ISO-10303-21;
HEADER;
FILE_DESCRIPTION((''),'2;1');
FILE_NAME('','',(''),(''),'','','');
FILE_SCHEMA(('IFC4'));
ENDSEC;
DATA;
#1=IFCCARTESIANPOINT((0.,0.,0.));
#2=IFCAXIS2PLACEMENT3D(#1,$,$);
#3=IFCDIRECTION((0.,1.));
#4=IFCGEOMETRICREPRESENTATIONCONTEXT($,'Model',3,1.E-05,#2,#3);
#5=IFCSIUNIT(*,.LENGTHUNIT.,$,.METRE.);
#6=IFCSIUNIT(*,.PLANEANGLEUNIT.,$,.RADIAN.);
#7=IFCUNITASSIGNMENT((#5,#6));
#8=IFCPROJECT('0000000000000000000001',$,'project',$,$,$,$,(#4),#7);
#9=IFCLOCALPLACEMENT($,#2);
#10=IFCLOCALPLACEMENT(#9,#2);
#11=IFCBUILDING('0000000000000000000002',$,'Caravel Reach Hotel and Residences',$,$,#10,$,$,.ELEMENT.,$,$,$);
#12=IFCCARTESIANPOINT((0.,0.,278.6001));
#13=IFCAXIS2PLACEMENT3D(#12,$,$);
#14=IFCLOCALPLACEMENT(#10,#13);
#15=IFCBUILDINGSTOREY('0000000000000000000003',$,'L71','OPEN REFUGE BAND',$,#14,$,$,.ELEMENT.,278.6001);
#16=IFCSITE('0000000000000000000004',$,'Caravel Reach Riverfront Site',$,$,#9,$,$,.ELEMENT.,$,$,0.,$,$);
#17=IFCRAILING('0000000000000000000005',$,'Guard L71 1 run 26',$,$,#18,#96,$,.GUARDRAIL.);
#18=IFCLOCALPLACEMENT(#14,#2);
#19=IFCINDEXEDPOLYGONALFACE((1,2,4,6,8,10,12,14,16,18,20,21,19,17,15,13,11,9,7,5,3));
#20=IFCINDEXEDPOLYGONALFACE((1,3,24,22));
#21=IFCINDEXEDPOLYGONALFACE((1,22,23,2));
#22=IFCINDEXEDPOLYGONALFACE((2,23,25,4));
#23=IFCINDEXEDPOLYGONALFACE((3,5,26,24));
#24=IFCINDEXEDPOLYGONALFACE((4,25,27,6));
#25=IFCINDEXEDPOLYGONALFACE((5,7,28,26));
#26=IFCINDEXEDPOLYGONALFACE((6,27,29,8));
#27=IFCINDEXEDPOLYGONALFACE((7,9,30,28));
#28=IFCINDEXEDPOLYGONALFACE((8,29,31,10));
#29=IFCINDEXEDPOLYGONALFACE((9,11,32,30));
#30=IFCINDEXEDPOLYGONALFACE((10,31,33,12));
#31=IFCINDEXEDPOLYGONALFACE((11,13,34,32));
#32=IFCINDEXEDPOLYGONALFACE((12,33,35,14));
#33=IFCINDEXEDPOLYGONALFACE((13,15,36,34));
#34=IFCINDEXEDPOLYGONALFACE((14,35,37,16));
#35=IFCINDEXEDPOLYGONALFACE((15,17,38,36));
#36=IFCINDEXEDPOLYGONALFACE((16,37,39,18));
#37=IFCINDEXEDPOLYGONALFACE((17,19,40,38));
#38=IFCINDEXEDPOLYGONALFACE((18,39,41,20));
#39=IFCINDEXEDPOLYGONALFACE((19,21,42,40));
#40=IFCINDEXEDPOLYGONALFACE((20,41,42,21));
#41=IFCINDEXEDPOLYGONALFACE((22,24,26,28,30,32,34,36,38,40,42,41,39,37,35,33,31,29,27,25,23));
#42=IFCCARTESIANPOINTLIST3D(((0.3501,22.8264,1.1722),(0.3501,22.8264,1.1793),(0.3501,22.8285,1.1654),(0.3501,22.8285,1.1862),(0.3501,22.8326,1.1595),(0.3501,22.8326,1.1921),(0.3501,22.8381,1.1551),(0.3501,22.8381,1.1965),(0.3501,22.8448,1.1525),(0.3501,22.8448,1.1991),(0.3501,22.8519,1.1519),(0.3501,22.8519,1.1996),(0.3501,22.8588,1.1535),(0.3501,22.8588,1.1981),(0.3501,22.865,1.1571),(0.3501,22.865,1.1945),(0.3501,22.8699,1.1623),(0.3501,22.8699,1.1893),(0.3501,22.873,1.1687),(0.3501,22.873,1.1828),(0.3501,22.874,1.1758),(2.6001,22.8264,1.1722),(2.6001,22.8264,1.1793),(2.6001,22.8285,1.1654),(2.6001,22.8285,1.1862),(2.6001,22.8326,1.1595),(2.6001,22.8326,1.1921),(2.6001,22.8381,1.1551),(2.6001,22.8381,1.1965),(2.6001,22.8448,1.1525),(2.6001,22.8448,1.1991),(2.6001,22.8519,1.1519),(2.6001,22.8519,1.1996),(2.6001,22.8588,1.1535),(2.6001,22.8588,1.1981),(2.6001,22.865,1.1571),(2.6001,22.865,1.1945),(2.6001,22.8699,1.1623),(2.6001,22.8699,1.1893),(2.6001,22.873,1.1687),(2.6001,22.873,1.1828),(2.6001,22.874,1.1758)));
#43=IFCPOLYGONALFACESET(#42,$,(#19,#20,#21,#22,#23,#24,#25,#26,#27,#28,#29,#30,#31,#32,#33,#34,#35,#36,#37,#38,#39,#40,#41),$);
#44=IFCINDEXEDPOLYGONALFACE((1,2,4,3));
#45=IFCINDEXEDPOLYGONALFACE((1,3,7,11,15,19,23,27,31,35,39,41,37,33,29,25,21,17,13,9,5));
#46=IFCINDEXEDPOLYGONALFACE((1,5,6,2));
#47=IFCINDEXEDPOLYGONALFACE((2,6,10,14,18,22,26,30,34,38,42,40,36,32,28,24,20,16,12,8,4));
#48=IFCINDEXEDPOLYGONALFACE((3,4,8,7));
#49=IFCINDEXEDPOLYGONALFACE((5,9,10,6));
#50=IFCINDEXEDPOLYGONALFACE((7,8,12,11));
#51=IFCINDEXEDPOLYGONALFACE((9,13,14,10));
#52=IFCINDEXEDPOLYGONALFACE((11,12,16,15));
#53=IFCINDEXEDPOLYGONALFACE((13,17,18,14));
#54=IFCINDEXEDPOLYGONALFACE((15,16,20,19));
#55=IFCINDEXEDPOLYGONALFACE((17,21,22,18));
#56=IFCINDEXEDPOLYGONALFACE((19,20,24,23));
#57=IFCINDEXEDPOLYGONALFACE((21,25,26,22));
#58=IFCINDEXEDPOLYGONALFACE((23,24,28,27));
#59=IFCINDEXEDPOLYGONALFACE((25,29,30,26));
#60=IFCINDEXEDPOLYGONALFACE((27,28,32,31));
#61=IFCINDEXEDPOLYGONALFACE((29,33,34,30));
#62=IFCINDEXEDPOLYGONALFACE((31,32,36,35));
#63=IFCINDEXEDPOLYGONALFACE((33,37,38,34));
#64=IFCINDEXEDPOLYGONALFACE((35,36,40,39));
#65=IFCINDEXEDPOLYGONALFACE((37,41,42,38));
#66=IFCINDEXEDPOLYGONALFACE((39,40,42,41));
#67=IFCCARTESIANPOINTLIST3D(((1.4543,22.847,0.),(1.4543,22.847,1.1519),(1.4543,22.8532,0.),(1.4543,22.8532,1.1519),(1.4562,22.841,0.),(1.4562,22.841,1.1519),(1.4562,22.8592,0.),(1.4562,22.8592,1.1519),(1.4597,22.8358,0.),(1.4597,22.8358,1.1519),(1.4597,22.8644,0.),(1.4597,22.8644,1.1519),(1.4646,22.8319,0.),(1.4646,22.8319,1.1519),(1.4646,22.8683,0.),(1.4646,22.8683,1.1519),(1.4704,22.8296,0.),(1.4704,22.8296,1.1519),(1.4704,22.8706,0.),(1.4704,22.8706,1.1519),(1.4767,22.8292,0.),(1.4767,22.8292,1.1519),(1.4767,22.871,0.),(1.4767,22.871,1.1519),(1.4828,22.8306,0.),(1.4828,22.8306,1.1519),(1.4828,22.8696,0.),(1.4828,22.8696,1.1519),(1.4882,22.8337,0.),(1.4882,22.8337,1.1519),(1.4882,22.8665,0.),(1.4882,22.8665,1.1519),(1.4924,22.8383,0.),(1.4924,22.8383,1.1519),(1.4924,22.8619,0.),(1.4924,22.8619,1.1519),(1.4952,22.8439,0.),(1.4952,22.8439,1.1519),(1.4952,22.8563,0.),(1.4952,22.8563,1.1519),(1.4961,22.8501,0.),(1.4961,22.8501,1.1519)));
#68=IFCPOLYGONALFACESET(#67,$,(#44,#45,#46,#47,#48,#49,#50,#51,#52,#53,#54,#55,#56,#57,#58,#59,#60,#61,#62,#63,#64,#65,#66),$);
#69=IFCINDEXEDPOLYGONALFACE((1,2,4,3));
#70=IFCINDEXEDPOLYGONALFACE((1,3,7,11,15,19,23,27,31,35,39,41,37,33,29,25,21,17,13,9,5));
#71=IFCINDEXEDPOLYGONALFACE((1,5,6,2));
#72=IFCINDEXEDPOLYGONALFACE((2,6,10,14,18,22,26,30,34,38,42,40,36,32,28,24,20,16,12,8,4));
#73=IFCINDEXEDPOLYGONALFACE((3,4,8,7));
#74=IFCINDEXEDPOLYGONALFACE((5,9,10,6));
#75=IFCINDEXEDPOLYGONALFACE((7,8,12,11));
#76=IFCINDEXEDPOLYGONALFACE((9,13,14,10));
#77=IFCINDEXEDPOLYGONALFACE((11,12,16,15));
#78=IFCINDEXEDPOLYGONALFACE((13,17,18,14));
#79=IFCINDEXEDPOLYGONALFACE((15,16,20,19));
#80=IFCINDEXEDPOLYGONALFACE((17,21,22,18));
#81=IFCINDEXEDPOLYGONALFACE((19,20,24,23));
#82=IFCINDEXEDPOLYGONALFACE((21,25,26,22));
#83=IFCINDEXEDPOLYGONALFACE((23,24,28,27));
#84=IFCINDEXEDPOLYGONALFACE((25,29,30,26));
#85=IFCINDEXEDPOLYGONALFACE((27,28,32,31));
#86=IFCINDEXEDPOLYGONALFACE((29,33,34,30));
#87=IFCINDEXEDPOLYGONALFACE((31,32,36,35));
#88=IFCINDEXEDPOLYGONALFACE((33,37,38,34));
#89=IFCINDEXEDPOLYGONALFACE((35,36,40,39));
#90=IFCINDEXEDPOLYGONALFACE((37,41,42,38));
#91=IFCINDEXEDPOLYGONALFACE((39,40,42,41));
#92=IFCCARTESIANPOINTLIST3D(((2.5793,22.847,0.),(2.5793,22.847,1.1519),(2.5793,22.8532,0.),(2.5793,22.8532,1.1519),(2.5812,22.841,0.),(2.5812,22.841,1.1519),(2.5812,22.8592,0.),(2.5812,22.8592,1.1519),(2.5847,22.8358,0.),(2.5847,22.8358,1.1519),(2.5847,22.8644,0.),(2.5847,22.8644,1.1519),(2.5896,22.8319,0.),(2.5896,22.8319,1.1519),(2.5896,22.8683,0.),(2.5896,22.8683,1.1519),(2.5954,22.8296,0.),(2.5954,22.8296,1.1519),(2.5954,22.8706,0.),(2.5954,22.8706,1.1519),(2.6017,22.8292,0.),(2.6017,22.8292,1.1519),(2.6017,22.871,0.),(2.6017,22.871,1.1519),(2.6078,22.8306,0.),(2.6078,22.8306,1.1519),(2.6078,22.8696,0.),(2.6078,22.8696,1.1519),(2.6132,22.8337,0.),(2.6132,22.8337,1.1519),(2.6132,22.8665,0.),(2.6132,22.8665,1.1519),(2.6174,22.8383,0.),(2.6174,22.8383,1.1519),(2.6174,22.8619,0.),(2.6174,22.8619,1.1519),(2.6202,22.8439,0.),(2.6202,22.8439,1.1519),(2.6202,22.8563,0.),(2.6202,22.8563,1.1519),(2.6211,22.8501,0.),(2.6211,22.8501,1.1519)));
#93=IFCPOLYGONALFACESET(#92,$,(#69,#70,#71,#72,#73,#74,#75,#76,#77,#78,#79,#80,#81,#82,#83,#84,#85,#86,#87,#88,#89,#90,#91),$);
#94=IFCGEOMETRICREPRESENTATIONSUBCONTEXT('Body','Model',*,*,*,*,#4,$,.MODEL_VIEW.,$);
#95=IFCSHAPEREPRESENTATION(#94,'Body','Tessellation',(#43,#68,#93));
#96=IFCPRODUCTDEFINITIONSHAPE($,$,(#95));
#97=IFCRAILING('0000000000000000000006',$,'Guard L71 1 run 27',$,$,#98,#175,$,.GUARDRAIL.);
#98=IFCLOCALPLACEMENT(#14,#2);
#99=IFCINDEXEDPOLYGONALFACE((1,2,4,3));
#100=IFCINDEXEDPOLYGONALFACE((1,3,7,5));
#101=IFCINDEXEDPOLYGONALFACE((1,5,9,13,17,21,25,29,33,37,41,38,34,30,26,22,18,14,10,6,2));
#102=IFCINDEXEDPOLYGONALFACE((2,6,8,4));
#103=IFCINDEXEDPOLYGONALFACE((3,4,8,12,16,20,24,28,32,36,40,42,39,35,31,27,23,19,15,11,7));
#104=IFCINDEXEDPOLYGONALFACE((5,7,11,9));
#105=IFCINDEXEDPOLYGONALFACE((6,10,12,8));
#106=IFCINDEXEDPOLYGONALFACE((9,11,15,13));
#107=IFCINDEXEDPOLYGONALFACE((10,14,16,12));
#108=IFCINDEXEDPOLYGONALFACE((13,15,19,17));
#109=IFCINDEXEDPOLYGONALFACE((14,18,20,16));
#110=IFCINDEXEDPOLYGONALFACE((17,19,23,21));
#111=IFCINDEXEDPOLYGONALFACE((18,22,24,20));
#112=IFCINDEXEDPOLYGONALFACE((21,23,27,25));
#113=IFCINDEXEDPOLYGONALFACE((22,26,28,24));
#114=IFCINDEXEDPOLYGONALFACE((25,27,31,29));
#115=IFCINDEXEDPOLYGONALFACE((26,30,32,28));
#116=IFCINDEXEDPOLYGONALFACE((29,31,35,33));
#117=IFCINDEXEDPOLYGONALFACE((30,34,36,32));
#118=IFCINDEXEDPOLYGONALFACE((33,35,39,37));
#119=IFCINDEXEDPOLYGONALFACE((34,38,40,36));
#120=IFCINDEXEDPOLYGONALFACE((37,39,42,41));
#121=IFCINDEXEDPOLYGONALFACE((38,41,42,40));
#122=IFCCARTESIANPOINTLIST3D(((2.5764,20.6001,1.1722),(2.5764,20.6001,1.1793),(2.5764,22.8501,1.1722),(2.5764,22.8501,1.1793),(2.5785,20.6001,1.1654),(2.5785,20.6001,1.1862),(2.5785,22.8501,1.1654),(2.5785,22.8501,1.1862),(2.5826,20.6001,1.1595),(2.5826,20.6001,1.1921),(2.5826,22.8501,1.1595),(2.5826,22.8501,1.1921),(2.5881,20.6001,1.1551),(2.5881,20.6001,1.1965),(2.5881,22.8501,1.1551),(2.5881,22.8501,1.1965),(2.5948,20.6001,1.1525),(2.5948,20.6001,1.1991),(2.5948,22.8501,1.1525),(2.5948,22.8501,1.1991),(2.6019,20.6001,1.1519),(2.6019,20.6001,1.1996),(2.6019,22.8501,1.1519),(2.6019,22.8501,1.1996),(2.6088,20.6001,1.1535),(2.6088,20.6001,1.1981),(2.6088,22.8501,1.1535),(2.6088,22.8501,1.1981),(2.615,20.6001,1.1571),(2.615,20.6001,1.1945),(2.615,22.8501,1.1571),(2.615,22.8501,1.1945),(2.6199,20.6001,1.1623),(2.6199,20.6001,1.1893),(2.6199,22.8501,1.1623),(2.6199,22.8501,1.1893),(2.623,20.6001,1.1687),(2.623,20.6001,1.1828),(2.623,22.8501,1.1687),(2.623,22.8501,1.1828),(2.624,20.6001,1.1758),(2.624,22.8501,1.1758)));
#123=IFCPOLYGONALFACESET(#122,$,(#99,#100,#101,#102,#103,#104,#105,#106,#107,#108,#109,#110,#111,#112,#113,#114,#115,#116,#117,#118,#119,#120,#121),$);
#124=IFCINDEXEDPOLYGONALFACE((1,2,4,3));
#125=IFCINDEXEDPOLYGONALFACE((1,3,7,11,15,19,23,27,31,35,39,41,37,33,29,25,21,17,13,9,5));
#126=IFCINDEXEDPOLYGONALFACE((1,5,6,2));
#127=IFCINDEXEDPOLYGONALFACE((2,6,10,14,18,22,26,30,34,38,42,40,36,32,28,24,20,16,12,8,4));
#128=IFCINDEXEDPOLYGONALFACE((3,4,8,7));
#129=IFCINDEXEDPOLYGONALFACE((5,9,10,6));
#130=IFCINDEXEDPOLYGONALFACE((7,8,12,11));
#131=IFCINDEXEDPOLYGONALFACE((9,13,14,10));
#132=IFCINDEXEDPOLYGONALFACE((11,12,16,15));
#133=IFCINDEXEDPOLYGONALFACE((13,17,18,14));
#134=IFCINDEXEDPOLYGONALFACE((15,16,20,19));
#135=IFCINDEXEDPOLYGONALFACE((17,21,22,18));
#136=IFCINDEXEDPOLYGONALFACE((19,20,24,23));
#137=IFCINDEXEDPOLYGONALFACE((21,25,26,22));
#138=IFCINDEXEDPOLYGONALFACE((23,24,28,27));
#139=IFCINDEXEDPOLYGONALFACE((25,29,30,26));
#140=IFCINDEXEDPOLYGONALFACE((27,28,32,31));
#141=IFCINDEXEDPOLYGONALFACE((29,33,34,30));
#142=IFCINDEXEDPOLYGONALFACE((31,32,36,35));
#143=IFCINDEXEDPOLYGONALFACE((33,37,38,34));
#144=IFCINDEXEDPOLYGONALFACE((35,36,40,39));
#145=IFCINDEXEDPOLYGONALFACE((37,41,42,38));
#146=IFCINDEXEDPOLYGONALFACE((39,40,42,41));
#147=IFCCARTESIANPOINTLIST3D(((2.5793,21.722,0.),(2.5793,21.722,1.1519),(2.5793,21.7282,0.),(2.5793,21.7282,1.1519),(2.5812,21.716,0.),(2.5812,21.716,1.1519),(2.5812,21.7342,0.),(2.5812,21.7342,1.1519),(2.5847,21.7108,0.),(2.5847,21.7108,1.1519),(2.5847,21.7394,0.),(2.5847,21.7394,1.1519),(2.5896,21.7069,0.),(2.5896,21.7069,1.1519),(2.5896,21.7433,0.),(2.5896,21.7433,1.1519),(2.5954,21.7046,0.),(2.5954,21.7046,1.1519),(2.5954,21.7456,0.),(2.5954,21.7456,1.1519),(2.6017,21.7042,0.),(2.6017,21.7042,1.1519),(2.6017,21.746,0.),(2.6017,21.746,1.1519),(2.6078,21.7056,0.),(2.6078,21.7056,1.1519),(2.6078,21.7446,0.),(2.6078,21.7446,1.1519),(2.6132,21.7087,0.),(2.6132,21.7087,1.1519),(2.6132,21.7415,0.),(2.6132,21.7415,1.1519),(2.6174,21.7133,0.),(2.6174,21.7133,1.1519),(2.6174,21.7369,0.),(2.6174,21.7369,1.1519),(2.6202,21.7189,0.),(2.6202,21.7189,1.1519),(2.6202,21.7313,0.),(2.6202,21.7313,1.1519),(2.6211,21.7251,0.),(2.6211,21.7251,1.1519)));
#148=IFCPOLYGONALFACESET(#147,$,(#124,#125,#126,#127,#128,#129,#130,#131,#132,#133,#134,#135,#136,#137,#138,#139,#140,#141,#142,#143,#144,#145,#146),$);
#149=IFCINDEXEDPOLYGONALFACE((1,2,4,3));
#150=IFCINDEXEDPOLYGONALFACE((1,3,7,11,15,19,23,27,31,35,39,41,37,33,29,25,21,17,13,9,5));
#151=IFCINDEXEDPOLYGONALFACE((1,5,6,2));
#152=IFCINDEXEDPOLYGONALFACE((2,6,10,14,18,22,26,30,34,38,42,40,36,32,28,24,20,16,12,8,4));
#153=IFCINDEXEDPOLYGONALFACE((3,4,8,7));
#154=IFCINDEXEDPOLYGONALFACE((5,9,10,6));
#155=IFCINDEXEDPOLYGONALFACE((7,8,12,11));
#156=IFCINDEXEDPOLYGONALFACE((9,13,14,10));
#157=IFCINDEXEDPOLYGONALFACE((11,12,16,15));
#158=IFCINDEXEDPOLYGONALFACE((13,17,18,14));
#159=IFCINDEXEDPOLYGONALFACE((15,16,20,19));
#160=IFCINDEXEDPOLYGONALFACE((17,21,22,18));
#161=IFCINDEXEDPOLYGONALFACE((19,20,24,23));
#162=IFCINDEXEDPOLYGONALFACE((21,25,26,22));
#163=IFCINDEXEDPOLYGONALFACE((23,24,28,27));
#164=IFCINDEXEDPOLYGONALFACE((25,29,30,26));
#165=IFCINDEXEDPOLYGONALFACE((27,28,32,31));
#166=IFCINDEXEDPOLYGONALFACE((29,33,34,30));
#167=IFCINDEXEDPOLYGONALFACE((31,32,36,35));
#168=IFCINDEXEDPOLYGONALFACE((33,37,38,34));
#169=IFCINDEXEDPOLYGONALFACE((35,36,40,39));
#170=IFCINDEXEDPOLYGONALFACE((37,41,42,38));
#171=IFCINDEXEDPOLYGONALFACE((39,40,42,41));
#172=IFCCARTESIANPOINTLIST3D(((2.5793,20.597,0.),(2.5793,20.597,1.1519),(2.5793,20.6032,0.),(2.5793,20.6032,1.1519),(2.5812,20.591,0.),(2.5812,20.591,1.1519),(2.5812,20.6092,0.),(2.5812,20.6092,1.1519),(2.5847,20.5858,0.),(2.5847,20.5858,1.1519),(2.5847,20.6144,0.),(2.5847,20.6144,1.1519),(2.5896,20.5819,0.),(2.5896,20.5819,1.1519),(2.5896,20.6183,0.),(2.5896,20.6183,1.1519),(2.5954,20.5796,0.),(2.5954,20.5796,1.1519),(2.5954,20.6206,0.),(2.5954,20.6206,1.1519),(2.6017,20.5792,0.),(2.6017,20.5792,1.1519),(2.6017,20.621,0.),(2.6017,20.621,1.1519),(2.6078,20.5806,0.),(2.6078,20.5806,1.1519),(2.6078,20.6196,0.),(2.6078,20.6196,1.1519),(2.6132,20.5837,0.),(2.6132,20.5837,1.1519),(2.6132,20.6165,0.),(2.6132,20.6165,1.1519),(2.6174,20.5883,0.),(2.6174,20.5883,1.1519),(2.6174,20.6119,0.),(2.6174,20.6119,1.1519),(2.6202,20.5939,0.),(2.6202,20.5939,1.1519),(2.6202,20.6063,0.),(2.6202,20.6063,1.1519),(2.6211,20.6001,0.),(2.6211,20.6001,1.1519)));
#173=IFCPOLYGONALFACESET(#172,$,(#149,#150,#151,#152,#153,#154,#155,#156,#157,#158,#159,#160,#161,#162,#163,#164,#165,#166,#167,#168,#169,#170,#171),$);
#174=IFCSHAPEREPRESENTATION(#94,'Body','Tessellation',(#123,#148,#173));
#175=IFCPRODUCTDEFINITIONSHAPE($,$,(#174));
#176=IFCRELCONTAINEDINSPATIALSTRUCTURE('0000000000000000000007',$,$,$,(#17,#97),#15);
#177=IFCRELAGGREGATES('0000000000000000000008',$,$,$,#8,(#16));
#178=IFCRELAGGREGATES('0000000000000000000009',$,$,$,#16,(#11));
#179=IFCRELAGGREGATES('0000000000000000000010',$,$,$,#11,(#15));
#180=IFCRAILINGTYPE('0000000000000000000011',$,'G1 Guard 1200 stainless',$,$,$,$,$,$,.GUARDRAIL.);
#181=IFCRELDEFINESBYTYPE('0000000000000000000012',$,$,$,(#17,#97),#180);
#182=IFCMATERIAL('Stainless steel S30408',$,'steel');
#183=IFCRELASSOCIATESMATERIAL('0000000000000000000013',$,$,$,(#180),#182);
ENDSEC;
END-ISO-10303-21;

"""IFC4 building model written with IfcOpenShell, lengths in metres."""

from ifc_helpers import new_model, si_unit, direction, frame, origin, origin_2d, place, context, subcontext, project, spatial, circle, extrude, material, type_object, element, save


model = new_model("IFC4")

# Units and contexts
model_context = context("Model", 3, precision=1e-05, world=origin(), true_north=direction((0.0, 1.0)))
body_context = subcontext(model_context, "Body", "Model", "MODEL_VIEW")
ifc_project = project(units=[si_unit("LENGTHUNIT", "METRE"), si_unit("PLANEANGLEUNIT", "RADIAN")], contexts=[model_context])

# Site, building, storey
site_placement = place(None, origin())
site = spatial("IfcSite", under=ifc_project, at=site_placement, Name="Caravel Reach Riverfront Site", CompositionType="ELEMENT", RefElevation=0.0)
building_placement = place(site_placement, origin())
building = spatial("IfcBuilding", under=site, at=building_placement, Name="Caravel Reach Hotel and Residences", CompositionType="ELEMENT")
storey_placement = place(building_placement, frame((0.0, 0.0, 278.6001)))
storey = spatial("IfcBuildingStorey", under=building, at=storey_placement, Name="L71", Description="OPEN REFUGE BAND", CompositionType="ELEMENT", Elevation=278.6001)

# Railings
ifc_material_1 = material(Name="Stainless steel S30408", Category="steel")
railing_type_1 = type_object("IfcRailingType", Name="G1 Guard 1200 stainless", PredefinedType="GUARDRAIL", material=ifc_material_1)
railing_1_placement = place(storey_placement, frame((0.3501, 22.8501, 0.0)))
element("IfcRailing", 1, at=railing_1_placement, inside=storey, type_object=railing_type_1, Name="Guard L71 1 run 26", PredefinedType="GUARDRAIL", context=body_context, shape_type="SweptSolid", body=[
    extrude(circle(Radius=0.0239, at=origin_2d()), frame((0.0, 0.0, 1.1758), z_axis=(1.0, 0.0, 0.0), x_axis=(0.0, 1.0, 0.0)), (0.0, 0.0, 1.0), 2.25),
    extrude(circle(Radius=0.021, at=origin_2d()), frame((1.125, 0.0, 0.0)), (0.0, 0.0, 1.0), 1.1519),
    extrude(circle(Radius=0.021, at=origin_2d()), frame((2.25, 0.0, 0.0)), (0.0, 0.0, 1.0), 1.1519),
])
railing_2_placement = place(storey_placement, frame((2.6001, 22.8501, 0.0)))
element("IfcRailing", 2, at=railing_2_placement, inside=storey, type_object=railing_type_1, Name="Guard L71 1 run 27", PredefinedType="GUARDRAIL", context=body_context, shape_type="SweptSolid", body=[
    extrude(circle(Radius=0.0239, at=origin_2d()), frame((0.0, 0.0, 1.1758), z_axis=(0.0, -1.0, 0.0), x_axis=(1.0, 0.0, 0.0)), (0.0, 0.0, 1.0), 2.25),
    extrude(circle(Radius=0.021, at=origin_2d()), frame((0.0, -1.125, 0.0)), (0.0, 0.0, 1.0), 1.1519),
    extrude(circle(Radius=0.021, at=origin_2d()), frame((0.0, -2.25, 0.0)), (0.0, 0.0, 1.0), 1.1519),
])

save(model, "model.ifc")
